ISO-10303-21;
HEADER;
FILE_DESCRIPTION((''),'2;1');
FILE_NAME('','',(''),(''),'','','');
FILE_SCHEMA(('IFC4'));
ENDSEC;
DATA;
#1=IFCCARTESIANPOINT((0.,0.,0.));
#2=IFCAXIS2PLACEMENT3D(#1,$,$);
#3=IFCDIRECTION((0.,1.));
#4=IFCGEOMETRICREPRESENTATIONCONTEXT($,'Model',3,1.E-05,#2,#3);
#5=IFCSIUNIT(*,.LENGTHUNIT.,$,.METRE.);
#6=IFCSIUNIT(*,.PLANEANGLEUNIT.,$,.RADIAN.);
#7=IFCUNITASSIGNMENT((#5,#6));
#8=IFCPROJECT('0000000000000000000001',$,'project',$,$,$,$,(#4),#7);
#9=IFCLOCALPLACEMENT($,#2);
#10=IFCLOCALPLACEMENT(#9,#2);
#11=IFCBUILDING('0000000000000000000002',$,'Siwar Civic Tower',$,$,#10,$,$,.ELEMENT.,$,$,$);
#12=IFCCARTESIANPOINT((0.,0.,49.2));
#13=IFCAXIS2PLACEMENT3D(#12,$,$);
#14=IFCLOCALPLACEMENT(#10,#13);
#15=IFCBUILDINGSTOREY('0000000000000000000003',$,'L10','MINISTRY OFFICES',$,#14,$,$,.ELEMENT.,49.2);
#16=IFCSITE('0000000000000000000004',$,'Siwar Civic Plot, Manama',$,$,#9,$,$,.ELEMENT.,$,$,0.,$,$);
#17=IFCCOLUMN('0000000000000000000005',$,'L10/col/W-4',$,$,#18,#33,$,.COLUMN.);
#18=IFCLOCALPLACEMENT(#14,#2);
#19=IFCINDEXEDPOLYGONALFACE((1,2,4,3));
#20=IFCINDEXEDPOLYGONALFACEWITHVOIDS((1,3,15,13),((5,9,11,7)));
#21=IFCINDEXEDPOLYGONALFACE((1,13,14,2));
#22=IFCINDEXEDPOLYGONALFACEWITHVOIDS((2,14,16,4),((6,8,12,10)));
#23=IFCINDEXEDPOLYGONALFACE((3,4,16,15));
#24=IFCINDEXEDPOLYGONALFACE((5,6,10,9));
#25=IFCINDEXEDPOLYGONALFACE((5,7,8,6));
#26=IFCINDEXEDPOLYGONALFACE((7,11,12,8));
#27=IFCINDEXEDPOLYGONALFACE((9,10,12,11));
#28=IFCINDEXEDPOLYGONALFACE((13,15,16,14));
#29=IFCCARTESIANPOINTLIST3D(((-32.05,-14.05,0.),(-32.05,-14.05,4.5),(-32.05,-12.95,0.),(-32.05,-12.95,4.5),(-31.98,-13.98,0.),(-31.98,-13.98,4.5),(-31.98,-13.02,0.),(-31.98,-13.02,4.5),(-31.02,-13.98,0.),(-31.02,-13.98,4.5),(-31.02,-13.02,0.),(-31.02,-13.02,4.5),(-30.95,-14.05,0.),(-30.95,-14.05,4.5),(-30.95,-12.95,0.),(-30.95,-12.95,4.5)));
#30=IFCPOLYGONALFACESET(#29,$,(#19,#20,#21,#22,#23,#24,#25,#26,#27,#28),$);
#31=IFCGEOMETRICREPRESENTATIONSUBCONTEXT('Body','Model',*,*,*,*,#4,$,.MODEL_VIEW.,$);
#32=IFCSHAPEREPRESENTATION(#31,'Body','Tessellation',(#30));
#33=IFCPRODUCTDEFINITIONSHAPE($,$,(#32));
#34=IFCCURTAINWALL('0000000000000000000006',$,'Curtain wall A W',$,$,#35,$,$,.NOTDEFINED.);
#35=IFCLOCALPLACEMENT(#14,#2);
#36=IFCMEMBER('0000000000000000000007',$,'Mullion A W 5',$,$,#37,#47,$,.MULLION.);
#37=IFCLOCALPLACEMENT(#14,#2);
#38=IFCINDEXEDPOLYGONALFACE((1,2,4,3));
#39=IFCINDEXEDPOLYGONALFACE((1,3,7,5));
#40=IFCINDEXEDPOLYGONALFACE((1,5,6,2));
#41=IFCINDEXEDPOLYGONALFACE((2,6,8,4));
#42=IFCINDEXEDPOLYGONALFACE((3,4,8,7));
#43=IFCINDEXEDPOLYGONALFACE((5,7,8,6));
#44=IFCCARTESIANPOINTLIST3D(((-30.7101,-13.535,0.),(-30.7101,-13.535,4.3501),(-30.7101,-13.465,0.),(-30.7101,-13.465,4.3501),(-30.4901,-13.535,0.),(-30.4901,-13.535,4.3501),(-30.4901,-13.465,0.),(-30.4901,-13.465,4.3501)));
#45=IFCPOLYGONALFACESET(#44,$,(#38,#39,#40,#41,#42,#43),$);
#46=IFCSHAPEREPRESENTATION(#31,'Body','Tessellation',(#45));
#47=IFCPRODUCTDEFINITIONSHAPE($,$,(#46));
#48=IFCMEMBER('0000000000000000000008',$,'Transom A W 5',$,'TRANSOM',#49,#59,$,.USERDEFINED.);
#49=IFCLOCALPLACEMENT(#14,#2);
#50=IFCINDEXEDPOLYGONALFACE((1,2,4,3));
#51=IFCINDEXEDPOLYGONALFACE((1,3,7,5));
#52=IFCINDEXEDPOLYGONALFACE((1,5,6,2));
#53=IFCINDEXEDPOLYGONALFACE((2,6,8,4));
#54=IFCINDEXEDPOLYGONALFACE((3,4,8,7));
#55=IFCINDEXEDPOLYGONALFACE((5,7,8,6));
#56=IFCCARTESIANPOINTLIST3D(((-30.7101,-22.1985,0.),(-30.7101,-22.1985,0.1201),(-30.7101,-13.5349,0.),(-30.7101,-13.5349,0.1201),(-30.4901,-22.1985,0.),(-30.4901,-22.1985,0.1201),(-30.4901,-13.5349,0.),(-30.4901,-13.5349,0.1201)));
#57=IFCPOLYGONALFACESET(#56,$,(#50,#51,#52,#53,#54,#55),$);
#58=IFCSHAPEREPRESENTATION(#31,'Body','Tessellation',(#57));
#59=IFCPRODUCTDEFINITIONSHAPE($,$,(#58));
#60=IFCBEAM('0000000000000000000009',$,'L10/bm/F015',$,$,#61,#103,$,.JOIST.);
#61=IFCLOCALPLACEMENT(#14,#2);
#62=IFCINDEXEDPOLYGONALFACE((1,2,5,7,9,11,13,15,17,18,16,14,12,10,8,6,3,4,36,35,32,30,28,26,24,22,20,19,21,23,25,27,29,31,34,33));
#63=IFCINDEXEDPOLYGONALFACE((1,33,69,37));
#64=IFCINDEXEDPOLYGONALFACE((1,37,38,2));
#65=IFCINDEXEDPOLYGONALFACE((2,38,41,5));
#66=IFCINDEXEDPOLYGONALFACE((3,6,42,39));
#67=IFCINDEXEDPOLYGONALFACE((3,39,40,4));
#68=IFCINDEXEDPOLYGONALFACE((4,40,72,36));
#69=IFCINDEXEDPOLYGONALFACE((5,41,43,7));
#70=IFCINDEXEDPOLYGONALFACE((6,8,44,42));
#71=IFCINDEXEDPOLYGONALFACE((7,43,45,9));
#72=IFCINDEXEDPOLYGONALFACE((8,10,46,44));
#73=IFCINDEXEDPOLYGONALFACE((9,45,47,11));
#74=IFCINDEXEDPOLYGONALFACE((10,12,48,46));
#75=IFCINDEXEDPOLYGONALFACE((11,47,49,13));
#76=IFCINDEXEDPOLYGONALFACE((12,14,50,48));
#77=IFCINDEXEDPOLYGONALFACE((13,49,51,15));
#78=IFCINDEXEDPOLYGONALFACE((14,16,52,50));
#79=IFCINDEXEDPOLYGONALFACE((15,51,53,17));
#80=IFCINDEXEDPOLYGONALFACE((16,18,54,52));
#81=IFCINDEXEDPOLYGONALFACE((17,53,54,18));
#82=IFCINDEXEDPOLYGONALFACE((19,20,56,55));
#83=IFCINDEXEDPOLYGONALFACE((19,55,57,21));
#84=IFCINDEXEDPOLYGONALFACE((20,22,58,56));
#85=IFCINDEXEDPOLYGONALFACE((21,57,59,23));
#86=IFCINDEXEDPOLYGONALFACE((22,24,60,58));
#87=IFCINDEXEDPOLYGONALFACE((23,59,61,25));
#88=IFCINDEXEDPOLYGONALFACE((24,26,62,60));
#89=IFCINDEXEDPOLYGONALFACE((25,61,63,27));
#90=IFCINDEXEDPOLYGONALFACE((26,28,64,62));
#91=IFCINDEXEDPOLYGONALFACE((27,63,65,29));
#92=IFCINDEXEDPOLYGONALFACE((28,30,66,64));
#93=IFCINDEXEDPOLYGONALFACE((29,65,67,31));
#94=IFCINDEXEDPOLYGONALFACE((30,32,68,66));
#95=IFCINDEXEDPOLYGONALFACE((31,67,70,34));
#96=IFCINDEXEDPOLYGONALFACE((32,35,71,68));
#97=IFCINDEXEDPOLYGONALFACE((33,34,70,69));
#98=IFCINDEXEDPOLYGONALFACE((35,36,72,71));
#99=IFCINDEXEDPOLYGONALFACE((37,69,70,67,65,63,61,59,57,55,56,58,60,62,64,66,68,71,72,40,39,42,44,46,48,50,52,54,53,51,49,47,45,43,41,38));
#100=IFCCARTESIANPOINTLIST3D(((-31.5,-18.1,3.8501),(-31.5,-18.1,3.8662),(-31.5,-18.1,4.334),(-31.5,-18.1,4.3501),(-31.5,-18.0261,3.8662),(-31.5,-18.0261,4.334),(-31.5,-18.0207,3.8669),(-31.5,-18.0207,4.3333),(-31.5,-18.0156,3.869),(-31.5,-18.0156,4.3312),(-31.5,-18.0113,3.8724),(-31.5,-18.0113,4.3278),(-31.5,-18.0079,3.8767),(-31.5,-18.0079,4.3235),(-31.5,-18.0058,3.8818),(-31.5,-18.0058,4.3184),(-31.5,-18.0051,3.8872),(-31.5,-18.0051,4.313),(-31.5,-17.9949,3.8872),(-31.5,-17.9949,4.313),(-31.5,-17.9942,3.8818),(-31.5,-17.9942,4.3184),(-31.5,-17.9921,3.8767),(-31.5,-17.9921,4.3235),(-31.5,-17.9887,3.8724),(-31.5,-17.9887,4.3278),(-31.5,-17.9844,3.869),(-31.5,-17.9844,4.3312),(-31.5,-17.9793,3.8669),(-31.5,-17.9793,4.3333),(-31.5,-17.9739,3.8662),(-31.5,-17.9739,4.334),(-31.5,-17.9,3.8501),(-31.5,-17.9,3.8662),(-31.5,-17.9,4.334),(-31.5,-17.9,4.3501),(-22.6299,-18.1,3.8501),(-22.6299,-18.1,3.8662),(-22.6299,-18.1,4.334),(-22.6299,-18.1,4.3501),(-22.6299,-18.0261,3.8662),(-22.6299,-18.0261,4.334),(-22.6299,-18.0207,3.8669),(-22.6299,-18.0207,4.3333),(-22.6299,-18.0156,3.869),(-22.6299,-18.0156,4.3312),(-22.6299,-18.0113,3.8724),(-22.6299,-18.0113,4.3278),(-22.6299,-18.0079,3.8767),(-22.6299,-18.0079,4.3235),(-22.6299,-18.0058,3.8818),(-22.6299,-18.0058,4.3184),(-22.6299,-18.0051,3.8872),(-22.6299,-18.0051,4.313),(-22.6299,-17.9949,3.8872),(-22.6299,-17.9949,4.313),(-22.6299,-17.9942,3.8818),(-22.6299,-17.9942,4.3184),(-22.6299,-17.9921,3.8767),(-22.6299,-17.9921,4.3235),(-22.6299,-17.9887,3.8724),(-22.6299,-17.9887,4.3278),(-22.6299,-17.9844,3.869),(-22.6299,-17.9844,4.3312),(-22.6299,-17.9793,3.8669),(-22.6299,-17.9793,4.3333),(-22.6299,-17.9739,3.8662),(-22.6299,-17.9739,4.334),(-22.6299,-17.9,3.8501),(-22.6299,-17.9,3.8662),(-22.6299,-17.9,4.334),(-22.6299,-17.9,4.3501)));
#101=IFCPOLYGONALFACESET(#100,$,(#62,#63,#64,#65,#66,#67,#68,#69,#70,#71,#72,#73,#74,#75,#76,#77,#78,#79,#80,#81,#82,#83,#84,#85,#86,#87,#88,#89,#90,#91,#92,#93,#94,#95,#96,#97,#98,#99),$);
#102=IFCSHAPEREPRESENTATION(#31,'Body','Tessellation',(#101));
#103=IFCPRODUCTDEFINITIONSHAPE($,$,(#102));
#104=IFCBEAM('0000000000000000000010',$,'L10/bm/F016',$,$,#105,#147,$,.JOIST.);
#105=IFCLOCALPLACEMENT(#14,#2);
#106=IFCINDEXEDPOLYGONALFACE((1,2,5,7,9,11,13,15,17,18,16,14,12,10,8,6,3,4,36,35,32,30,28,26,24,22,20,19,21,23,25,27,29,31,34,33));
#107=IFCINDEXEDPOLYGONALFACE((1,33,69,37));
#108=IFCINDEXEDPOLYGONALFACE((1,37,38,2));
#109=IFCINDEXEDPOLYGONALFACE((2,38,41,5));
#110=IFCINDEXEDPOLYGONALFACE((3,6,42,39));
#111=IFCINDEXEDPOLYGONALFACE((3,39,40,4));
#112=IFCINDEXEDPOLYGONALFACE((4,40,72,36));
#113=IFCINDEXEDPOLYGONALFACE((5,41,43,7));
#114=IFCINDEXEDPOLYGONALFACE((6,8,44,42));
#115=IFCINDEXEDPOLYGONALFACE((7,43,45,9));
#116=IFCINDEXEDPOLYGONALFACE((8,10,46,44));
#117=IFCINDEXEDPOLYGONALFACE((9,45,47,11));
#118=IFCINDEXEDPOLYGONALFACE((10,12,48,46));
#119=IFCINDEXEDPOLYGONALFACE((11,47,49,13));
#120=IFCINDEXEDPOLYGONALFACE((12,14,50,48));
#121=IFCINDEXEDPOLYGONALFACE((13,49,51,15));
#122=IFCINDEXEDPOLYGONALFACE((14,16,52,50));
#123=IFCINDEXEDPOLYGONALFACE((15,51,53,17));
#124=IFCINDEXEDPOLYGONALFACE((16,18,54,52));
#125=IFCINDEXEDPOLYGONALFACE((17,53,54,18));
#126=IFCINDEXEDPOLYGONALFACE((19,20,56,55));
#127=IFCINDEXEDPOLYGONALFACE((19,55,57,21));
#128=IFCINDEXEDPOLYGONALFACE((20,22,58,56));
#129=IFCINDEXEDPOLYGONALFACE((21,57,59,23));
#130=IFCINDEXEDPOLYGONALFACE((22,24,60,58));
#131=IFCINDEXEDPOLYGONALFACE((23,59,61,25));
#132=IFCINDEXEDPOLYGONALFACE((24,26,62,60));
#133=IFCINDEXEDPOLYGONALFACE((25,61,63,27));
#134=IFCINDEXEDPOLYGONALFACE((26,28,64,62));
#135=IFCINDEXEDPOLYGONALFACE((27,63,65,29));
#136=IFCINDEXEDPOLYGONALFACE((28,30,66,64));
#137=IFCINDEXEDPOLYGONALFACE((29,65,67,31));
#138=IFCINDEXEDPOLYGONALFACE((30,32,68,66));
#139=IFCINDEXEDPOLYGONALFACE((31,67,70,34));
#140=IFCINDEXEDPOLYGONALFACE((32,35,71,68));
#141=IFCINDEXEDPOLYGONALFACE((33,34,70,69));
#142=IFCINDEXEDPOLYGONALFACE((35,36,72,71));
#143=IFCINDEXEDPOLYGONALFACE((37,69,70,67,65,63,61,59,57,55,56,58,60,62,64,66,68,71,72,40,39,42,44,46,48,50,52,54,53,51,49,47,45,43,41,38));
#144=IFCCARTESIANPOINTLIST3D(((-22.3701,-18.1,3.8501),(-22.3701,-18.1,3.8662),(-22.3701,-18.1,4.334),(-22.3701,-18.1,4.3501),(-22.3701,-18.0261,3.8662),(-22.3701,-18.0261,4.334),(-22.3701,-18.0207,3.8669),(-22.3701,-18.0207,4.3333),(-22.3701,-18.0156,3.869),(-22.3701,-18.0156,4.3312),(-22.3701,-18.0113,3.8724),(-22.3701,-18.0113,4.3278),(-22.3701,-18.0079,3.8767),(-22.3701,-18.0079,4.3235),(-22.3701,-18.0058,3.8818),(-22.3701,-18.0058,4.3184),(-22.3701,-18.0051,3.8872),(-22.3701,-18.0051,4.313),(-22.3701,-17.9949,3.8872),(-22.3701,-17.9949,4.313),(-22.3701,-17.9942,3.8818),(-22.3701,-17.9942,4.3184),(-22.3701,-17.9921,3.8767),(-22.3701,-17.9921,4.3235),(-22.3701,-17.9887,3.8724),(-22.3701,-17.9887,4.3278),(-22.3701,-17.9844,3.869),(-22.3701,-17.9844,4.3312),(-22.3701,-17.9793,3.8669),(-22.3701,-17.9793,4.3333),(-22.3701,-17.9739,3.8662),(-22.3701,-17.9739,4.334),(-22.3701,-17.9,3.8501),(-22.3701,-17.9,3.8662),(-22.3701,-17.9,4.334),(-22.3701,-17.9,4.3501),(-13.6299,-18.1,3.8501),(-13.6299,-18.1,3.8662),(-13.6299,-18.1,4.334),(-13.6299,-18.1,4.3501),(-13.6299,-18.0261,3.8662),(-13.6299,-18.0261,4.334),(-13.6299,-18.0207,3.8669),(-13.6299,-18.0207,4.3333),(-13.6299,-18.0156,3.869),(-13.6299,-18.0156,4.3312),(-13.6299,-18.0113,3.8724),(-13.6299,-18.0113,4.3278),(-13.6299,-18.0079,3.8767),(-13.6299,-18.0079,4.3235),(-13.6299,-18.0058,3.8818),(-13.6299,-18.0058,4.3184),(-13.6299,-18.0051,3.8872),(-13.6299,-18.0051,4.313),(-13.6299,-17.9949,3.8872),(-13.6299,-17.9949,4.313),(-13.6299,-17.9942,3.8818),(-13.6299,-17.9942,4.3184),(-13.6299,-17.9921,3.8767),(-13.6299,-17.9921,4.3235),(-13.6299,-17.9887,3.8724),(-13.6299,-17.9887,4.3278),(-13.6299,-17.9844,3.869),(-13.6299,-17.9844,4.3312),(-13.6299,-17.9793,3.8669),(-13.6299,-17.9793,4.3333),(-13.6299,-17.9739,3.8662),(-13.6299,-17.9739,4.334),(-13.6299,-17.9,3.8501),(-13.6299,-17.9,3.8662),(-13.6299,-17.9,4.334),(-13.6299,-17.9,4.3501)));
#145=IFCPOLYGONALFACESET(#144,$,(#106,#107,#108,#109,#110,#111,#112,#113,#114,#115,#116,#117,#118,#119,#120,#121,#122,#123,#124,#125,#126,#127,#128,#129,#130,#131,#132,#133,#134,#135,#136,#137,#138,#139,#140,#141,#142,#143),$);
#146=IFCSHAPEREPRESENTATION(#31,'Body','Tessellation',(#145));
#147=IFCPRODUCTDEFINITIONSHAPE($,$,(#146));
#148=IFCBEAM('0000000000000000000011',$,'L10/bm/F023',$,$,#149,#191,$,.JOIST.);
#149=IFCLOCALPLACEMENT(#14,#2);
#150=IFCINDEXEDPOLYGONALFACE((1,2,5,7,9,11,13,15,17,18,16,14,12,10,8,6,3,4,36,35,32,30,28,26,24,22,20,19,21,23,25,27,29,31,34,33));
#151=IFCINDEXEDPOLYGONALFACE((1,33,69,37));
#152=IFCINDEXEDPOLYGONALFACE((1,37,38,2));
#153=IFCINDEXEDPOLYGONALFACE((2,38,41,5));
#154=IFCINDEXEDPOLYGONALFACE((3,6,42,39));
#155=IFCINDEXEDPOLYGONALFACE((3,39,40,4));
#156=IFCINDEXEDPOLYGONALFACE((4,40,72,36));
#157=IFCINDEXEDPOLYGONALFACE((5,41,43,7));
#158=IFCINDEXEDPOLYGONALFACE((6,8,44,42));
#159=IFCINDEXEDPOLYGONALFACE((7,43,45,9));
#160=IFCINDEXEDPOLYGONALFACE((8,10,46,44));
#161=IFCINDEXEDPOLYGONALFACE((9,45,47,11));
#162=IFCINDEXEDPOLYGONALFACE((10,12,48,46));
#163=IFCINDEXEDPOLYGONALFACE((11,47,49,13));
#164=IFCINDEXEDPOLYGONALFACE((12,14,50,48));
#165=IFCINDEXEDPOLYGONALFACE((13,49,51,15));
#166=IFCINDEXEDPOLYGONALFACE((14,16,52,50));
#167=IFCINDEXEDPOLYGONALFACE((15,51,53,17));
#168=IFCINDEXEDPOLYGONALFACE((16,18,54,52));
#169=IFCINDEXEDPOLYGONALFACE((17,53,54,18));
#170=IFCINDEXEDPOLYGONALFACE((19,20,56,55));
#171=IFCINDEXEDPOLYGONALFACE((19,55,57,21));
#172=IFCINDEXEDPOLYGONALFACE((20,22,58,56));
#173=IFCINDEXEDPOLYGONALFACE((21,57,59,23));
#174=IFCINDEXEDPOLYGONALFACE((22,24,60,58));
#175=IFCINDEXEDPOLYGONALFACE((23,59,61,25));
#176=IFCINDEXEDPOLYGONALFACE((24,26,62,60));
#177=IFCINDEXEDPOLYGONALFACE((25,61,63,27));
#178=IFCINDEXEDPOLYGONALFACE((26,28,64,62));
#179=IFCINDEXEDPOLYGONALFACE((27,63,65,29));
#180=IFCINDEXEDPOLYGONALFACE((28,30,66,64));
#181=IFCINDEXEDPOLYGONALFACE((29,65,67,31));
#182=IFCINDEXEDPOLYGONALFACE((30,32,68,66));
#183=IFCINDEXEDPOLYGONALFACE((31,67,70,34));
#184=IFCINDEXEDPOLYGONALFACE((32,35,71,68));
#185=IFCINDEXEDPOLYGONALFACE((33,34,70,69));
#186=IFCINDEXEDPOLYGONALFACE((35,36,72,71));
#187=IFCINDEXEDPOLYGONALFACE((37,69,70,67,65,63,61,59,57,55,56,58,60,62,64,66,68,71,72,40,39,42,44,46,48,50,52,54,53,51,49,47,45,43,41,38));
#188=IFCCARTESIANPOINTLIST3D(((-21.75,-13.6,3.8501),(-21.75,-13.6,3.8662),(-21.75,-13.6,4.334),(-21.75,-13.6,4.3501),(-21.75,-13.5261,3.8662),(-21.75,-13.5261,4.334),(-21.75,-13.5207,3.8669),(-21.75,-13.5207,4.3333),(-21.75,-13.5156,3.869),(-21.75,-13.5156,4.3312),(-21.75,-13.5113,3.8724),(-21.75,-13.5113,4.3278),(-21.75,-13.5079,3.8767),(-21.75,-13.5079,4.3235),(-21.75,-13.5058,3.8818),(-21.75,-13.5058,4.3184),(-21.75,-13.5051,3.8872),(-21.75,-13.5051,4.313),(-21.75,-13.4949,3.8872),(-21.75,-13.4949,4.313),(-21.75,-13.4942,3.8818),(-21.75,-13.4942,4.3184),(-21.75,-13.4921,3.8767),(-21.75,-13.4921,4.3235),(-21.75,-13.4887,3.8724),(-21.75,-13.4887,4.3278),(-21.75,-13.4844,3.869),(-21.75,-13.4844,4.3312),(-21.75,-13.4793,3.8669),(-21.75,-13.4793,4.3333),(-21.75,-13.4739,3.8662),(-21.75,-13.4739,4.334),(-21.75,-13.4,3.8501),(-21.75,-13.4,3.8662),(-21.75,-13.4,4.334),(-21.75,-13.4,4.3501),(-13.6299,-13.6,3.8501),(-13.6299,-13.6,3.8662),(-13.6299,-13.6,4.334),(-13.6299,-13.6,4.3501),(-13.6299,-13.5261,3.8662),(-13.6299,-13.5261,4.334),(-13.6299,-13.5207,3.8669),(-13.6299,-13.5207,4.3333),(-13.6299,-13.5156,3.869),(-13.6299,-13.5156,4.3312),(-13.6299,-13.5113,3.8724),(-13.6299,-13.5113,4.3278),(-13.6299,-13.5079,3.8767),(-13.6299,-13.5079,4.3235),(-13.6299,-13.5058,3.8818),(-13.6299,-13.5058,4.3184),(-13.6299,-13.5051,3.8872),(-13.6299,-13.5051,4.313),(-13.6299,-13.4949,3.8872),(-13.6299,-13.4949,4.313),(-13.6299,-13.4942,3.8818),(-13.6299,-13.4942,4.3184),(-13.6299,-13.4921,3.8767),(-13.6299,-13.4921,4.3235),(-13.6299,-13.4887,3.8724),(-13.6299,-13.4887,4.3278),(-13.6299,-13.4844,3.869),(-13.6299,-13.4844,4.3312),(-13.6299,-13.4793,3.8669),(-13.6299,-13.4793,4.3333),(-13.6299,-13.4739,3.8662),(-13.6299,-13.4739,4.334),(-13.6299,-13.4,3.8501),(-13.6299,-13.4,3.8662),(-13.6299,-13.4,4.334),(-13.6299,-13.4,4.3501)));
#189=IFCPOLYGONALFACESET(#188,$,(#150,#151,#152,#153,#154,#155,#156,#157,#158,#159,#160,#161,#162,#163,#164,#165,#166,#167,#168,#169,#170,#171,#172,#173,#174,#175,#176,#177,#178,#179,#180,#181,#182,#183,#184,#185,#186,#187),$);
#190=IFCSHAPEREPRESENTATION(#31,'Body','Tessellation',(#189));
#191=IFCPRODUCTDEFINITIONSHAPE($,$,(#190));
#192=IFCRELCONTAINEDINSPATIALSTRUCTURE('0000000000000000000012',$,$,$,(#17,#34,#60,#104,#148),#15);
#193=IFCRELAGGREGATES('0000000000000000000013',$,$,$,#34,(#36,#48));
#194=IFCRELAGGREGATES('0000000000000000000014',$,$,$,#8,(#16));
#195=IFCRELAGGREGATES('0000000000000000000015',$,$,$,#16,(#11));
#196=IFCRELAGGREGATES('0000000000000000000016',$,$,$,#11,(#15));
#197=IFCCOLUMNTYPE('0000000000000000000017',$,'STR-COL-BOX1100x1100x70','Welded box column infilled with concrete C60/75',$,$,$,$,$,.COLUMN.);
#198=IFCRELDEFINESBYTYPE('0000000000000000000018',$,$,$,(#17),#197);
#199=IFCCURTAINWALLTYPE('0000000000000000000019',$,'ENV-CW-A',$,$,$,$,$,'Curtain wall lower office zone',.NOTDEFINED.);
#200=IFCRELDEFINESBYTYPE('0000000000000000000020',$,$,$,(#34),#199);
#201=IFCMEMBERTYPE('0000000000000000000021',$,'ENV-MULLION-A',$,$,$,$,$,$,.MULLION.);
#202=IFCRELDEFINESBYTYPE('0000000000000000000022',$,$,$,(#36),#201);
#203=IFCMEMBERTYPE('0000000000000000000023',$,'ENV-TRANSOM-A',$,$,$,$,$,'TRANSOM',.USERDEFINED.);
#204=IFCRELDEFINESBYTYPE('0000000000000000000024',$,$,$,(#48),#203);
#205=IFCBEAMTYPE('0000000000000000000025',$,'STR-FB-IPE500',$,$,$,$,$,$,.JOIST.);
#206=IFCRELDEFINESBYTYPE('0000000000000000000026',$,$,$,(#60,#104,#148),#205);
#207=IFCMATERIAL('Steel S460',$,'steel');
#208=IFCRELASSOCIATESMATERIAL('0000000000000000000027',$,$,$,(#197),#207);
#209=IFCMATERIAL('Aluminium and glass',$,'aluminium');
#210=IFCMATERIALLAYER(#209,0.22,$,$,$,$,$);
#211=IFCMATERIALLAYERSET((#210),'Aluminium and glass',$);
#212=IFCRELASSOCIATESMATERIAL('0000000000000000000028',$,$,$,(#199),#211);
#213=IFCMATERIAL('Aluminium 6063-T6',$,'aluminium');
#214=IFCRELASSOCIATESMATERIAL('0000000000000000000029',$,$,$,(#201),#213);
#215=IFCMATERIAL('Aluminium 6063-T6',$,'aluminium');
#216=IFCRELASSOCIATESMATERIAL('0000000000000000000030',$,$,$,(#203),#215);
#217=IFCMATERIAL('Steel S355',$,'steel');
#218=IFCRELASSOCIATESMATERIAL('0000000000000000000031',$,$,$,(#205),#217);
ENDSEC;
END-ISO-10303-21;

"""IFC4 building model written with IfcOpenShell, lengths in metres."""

from ifc_helpers import new_model, si_unit, direction, frame, origin, origin_2d, place, context, subcontext, project, spatial, rectangle, hollow_rectangle, i_section, extrude, material, layer, layer_set, material_profile, profile_set, type_object, element, aggregate, save


model = new_model("IFC4")

# Units and contexts
model_context = context("Model", 3, precision=1e-05, world=origin(), true_north=direction((0.0, 1.0)))
body_context = subcontext(model_context, "Body", "Model", "MODEL_VIEW")
ifc_project = project(units=[si_unit("LENGTHUNIT", "METRE"), si_unit("PLANEANGLEUNIT", "RADIAN")], contexts=[model_context])

# Site, building, storey
site_placement = place(None, origin())
site = spatial("IfcSite", under=ifc_project, at=site_placement, Name="Siwar Civic Plot, Manama", CompositionType="ELEMENT", RefElevation=0.0)
building_placement = place(site_placement, origin())
building = spatial("IfcBuilding", under=site, at=building_placement, Name="Siwar Civic Tower", CompositionType="ELEMENT")
storey_placement = place(building_placement, frame((0.0, 0.0, 49.2)))
storey = spatial("IfcBuildingStorey", under=building, at=storey_placement, Name="L10", Description="MINISTRY OFFICES", CompositionType="ELEMENT", Elevation=49.2)

# Column
ifc_material_1 = material(Name="Steel S460", Category="steel")
ifc_material_profile_1 = material_profile(ifc_material_1, hollow_rectangle(XDim=1.1001, YDim=1.1001, WallThickness=0.0701, at=origin_2d()), Name="BOX1100x1100x70")
ifc_profile_set_1 = profile_set([ifc_material_profile_1], Name="Steel S460")
column_type = type_object("IfcColumnType", Name="STR-COL-BOX1100x1100x70", Description="Welded box column infilled with concrete C60/75", PredefinedType="COLUMN", material=ifc_profile_set_1)
column_placement = place(storey_placement, frame((-31.5, -13.5, 0.0), z_axis=(0.0, 0.0, 1.0), x_axis=(1.0, 0.0, 0.0)))
element("IfcColumn", 1, at=column_placement, inside=storey, type_object=column_type, Name="L10/col/W-4", PredefinedType="COLUMN", context=body_context, shape_type="SweptSolid", body=[
    extrude(hollow_rectangle(XDim=1.1001, YDim=1.1001, WallThickness=0.0701, at=origin_2d()), origin(), (0.0, 0.0, 1.0), 4.5),
])

# Curtain wall, members
ifc_material_2 = material(Name="Aluminium and glass", Category="aluminium")
ifc_layer_1 = layer(ifc_material_2, 0.22)
ifc_layer_set_1 = layer_set([ifc_layer_1], Name="Aluminium and glass")
curtain_wall_type = type_object("IfcCurtainWallType", Name="ENV-CW-A", ElementType="Curtain wall lower office zone", PredefinedType="NOTDEFINED", material=ifc_layer_set_1)
curtain_wall_placement = place(storey_placement, origin())
curtain_wall = element("IfcCurtainWall", 2, at=curtain_wall_placement, inside=storey, type_object=curtain_wall_type, Name="Curtain wall A W", PredefinedType="NOTDEFINED")
ifc_material_3 = material(Name="Aluminium 6063-T6", Category="aluminium")
ifc_material_profile_2 = material_profile(ifc_material_3, rectangle(XDim=0.22, YDim=0.0701, at=origin_2d()), Name="AL 220x70")
ifc_profile_set_2 = profile_set([ifc_material_profile_2], Name="Aluminium 6063-T6")
member_type_1 = type_object("IfcMemberType", Name="ENV-MULLION-A", PredefinedType="MULLION", material=ifc_profile_set_2)
member_1_placement = place(storey_placement, frame((-30.6001, -13.5, 0.0), z_axis=(0.0, 0.0, 1.0), x_axis=(1.0, 0.0, 0.0)))
member_1 = element("IfcMember", 3, at=member_1_placement, type_object=member_type_1, Name="Mullion A W 5", PredefinedType="MULLION", context=body_context, shape_type="SweptSolid", body=[
    extrude(rectangle(XDim=0.22, YDim=0.0701, at=origin_2d()), origin(), (0.0, 0.0, 1.0), 4.3501),
])
ifc_material_4 = material(Name="Aluminium 6063-T6", Category="aluminium")
ifc_material_profile_3 = material_profile(ifc_material_4, rectangle(XDim=0.22, YDim=0.1201, at=origin_2d()), Name="AL 220x120")
ifc_profile_set_3 = profile_set([ifc_material_profile_3], Name="Aluminium 6063-T6")
member_type_2 = type_object("IfcMemberType", Name="ENV-TRANSOM-A", ElementType="TRANSOM", PredefinedType="USERDEFINED", material=ifc_profile_set_3)
member_2_placement = place(storey_placement, frame((-30.6001, -13.5349, 0.0601), z_axis=(0.0, -1.0, 0.0), x_axis=(1.0, 0.0, 0.0)))
member_2 = element("IfcMember", 4, at=member_2_placement, type_object=member_type_2, Name="Transom A W 5", ObjectType="TRANSOM", PredefinedType="USERDEFINED", context=body_context, shape_type="SweptSolid", body=[
    extrude(rectangle(XDim=0.22, YDim=0.1201, at=origin_2d()), origin(), (0.0, 0.0, 1.0), 8.6636),
])

# Beams
ifc_material_5 = material(Name="Steel S355", Category="steel")
ifc_material_profile_4 = material_profile(ifc_material_5, i_section(OverallWidth=0.2, OverallDepth=0.5, WebThickness=0.0103, FlangeThickness=0.0161, FilletRadius=0.021, at=origin_2d()), Name="IPE500")
ifc_profile_set_4 = profile_set([ifc_material_profile_4], Name="Steel S355")
beam_type_1 = type_object("IfcBeamType", Name="STR-FB-IPE500", PredefinedType="JOIST", material=ifc_profile_set_4)
beam_1_placement = place(storey_placement, frame((-31.5, -18.0, 4.1001), z_axis=(1.0, 0.0, 0.0), x_axis=(0.0, 1.0, 0.0)))
element("IfcBeam", 5, at=beam_1_placement, inside=storey, type_object=beam_type_1, Name="L10/bm/F015", PredefinedType="JOIST", context=body_context, shape_type="SweptSolid", body=[
    extrude(i_section(OverallWidth=0.2, OverallDepth=0.5, WebThickness=0.0103, FlangeThickness=0.0161, FilletRadius=0.021, at=origin_2d()), origin(), (0.0, 0.0, 1.0), 8.8701),
])
beam_2_placement = place(storey_placement, frame((-22.3701, -18.0, 4.1001), z_axis=(1.0, 0.0, 0.0), x_axis=(0.0, 1.0, 0.0)))
element("IfcBeam", 6, at=beam_2_placement, inside=storey, type_object=beam_type_1, Name="L10/bm/F016", PredefinedType="JOIST", context=body_context, shape_type="SweptSolid", body=[
    extrude(i_section(OverallWidth=0.2, OverallDepth=0.5, WebThickness=0.0103, FlangeThickness=0.0161, FilletRadius=0.021, at=origin_2d()), origin(), (0.0, 0.0, 1.0), 8.7402),
])
beam_3_placement = place(storey_placement, frame((-21.75, -13.5, 4.1001), z_axis=(1.0, 0.0, 0.0), x_axis=(0.0, 1.0, 0.0)))
element("IfcBeam", 7, at=beam_3_placement, inside=storey, type_object=beam_type_1, Name="L10/bm/F023", PredefinedType="JOIST", context=body_context, shape_type="SweptSolid", body=[
    extrude(i_section(OverallWidth=0.2, OverallDepth=0.5, WebThickness=0.0103, FlangeThickness=0.0161, FilletRadius=0.021, at=origin_2d()), origin(), (0.0, 0.0, 1.0), 8.1201),
])

aggregate(curtain_wall, [member_1, member_2])

save(model, "model.ifc")
